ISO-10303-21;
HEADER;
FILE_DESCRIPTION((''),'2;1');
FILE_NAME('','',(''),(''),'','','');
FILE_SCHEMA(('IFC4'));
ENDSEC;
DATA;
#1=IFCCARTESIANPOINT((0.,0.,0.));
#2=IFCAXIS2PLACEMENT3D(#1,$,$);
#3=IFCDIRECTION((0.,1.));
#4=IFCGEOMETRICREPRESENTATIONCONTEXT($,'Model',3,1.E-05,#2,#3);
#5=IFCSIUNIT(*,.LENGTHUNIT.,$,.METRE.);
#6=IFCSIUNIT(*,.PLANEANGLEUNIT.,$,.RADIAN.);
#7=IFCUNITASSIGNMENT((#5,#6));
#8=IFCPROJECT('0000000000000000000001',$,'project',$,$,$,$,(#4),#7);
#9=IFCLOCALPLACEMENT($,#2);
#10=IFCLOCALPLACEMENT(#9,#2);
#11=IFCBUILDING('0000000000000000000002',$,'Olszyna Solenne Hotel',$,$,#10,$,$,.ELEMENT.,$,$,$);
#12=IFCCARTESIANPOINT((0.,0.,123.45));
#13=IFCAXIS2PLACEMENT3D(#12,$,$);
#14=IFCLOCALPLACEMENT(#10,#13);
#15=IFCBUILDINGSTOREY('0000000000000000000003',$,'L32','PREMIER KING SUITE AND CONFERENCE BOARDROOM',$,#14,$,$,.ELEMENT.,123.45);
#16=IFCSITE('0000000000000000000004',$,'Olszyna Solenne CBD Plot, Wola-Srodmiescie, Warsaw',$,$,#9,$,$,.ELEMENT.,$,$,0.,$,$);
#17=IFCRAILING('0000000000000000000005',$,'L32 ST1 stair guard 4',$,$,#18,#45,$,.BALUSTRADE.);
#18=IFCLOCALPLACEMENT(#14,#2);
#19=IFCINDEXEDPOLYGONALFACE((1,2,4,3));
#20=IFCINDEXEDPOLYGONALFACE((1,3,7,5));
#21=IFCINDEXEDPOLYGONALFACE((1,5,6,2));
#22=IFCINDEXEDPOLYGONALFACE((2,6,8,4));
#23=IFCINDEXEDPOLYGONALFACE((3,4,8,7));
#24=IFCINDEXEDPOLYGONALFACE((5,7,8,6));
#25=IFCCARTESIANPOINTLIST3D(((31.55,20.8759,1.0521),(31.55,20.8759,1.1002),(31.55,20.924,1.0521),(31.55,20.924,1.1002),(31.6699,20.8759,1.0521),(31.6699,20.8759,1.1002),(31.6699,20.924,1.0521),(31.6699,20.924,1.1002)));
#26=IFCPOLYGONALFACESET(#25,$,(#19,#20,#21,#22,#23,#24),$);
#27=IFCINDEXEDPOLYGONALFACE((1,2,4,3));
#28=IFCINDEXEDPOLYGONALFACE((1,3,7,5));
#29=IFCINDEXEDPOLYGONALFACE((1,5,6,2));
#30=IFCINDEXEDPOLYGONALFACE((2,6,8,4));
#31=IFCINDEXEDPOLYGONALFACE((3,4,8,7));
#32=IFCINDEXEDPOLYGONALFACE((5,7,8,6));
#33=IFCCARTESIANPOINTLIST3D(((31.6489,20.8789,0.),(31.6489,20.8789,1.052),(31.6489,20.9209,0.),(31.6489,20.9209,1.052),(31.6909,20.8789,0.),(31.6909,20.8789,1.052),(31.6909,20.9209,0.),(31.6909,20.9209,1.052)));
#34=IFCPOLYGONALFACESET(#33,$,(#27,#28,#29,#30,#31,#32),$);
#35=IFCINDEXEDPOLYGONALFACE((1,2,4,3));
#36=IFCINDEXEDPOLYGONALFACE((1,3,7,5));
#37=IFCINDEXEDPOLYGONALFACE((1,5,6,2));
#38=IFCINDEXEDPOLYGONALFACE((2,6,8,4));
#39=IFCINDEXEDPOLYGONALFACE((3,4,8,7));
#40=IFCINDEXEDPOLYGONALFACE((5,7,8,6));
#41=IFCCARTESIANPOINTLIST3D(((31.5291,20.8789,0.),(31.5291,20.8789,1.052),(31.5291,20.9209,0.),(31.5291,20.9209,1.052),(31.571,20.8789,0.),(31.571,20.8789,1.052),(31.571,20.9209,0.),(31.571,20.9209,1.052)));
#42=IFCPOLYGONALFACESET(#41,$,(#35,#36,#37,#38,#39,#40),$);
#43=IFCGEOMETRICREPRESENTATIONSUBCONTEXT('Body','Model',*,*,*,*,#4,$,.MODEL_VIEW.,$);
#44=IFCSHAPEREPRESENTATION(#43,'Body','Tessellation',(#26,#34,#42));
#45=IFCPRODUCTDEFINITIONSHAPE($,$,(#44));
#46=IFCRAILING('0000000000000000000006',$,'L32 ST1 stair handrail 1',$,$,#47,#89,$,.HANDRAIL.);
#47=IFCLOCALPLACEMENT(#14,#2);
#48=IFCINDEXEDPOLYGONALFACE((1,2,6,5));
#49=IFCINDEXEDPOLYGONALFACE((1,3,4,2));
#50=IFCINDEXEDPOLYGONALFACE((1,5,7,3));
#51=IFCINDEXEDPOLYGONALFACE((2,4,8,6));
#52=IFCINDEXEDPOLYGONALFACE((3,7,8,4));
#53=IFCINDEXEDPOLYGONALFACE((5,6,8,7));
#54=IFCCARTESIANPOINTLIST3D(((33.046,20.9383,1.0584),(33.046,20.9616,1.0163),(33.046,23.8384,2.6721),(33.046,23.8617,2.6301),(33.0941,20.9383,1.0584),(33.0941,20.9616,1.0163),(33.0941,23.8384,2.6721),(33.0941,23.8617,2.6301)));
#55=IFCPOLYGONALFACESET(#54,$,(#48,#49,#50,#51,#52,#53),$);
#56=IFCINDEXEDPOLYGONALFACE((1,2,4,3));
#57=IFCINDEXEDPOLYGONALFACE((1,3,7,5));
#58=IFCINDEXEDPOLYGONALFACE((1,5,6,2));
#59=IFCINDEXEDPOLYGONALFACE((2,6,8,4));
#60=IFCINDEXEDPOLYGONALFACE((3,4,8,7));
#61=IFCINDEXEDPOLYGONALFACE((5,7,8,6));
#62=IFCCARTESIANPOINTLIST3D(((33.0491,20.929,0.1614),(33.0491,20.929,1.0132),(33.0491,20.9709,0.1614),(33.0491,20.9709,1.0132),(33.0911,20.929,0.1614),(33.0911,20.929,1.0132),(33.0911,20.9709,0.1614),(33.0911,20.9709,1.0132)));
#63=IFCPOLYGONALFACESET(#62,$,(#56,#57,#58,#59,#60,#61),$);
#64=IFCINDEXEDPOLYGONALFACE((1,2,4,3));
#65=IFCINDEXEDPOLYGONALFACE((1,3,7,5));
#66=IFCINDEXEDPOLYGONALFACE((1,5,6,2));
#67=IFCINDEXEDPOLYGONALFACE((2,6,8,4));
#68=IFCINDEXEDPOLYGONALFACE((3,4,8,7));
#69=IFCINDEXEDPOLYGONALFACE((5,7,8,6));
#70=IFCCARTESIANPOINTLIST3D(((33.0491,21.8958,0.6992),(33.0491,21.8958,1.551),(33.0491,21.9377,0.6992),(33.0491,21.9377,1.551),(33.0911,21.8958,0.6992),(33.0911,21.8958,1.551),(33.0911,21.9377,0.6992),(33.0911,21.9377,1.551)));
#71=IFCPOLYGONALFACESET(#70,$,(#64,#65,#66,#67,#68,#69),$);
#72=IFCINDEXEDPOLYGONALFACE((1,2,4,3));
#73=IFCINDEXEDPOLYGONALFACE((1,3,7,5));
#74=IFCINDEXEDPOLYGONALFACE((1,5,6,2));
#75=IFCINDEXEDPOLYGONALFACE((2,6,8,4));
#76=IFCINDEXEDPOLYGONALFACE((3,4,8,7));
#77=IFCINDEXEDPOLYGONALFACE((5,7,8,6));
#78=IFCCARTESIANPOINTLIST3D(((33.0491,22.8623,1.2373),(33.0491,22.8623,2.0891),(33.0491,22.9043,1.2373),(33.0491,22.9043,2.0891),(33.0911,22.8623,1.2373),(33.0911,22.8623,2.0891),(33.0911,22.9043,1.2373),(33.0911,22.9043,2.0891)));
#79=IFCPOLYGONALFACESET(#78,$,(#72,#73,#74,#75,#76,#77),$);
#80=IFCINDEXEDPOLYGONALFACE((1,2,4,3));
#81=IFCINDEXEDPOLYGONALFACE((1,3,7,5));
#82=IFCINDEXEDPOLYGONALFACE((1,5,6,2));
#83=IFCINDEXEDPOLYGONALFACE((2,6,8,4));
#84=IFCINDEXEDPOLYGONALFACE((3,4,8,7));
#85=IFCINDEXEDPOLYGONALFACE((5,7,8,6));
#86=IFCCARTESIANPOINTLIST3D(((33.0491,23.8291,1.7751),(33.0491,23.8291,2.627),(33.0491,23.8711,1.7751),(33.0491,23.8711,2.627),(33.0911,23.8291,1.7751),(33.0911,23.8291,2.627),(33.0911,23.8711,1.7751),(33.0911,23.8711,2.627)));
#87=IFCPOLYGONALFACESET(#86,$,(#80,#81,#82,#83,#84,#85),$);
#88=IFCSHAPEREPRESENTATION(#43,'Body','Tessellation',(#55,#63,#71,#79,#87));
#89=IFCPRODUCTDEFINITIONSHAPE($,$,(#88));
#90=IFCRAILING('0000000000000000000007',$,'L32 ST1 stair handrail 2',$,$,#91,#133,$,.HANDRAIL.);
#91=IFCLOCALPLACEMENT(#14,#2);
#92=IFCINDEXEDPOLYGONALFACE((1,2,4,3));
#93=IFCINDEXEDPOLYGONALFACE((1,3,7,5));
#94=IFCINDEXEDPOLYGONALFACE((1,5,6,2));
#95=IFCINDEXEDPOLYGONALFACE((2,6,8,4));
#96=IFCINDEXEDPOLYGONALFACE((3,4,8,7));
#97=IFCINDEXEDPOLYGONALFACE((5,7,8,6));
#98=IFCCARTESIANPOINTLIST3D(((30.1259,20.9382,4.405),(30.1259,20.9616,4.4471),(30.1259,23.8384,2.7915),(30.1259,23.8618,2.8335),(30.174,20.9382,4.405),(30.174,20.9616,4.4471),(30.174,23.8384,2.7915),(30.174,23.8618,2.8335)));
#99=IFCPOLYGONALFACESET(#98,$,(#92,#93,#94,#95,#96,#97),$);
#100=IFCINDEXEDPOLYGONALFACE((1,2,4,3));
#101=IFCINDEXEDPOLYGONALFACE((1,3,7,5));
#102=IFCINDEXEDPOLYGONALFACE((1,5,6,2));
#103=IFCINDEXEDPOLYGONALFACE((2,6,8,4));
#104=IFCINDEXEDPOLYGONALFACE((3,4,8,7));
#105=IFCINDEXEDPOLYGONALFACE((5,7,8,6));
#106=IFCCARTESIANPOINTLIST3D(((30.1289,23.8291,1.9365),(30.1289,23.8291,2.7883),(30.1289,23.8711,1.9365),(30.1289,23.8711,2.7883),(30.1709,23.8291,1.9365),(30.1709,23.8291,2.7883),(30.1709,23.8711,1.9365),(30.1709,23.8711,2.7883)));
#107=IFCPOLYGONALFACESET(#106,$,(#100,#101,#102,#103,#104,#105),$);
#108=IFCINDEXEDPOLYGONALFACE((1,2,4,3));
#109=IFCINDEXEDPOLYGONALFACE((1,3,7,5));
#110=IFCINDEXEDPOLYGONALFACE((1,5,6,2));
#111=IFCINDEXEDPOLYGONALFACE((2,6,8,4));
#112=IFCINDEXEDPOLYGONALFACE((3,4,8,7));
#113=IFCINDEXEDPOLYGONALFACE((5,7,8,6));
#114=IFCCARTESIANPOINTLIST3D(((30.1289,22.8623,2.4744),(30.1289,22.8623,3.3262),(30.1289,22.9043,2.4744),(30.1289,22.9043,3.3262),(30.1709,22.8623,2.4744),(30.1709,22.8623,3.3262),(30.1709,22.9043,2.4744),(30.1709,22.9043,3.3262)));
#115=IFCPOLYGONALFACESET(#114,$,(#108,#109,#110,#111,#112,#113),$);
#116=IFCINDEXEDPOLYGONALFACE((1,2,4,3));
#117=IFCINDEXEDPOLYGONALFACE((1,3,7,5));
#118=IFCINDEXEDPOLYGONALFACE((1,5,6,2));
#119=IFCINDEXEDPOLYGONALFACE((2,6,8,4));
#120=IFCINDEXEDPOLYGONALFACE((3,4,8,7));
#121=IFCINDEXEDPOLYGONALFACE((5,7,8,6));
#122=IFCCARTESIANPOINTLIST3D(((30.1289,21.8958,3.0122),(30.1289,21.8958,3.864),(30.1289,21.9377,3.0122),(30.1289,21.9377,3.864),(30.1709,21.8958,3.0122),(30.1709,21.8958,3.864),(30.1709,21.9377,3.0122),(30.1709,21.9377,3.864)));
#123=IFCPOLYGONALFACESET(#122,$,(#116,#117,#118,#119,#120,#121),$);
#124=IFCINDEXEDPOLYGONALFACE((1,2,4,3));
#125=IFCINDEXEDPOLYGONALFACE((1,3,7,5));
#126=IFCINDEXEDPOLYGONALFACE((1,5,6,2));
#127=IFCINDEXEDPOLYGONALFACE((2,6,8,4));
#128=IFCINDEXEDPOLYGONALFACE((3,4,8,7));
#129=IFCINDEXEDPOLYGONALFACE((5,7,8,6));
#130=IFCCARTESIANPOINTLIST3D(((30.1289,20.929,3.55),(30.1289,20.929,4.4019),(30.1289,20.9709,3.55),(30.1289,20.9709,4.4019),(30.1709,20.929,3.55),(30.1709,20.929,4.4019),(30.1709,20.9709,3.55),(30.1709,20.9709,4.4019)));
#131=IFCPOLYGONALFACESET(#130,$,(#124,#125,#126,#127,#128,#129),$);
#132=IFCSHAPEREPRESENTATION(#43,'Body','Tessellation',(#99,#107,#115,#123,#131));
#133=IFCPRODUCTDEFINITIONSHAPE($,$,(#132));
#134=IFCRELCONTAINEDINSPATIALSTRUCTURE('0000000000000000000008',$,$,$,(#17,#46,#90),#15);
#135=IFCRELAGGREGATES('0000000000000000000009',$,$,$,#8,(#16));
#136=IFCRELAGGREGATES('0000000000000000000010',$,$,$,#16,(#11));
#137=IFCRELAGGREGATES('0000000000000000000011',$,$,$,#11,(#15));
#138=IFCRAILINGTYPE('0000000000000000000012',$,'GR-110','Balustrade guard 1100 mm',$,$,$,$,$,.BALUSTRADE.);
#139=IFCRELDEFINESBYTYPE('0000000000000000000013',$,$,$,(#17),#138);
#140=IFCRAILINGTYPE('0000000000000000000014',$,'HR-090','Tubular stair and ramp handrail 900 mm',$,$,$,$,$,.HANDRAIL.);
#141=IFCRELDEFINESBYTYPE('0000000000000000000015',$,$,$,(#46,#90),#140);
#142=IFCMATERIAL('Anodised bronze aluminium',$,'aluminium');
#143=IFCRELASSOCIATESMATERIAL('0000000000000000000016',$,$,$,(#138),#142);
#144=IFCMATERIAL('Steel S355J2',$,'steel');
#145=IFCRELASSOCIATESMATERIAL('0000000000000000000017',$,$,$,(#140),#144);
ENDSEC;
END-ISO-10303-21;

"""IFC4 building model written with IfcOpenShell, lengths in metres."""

from ifc_helpers import new_model, si_unit, direction, frame, origin, origin_2d, place, context, subcontext, project, spatial, rectangle, extrude, material, type_object, element, save


model = new_model("IFC4")

# Units and contexts
model_context = context("Model", 3, precision=1e-05, world=origin(), true_north=direction((0.0, 1.0)))
body_context = subcontext(model_context, "Body", "Model", "MODEL_VIEW")
ifc_project = project(units=[si_unit("LENGTHUNIT", "METRE"), si_unit("PLANEANGLEUNIT", "RADIAN")], contexts=[model_context])

# Site, building, storey
site_placement = place(None, origin())
site = spatial("IfcSite", under=ifc_project, at=site_placement, Name="Olszyna Solenne CBD Plot, Wola-Srodmiescie, Warsaw", CompositionType="ELEMENT", RefElevation=0.0)
building_placement = place(site_placement, origin())
building = spatial("IfcBuilding", under=site, at=building_placement, Name="Olszyna Solenne Hotel", CompositionType="ELEMENT")
storey_placement = place(building_placement, frame((0.0, 0.0, 123.45)))
storey = spatial("IfcBuildingStorey", under=building, at=storey_placement, Name="L32", Description="PREMIER KING SUITE AND CONFERENCE BOARDROOM", CompositionType="ELEMENT", Elevation=123.45)

# Shared definitions
ifc_material_1 = material(Name="Steel S355J2", Category="steel")

# Shared definitions
ifc_material_2 = material(Name="Anodised bronze aluminium", Category="aluminium")

# Railings
railing_type_1 = type_object("IfcRailingType", Name="GR-110", Description="Balustrade guard 1100 mm", PredefinedType="BALUSTRADE", material=ifc_material_2)
railing_1_placement = place(storey_placement, frame((31.6699, 20.8999, 0.0)))
element("IfcRailing", 1, at=railing_1_placement, inside=storey, type_object=railing_type_1, Name="L32 ST1 stair guard 4", PredefinedType="BALUSTRADE", context=body_context, shape_type="SweptSolid", body=[
    extrude(rectangle(XDim=0.0481, YDim=0.0481, at=origin_2d()), frame((0.0, 0.0, 1.0762), z_axis=(-1.0, 0.0, 0.0), x_axis=(0.0, -1.0, 0.0)), (0.0, 0.0, 1.0), 0.1199),
    extrude(rectangle(XDim=0.042, YDim=0.042, at=origin_2d()), origin(), (0.0, 0.0, 1.0), 1.052),
    extrude(rectangle(XDim=0.042, YDim=0.042, at=origin_2d()), frame((-0.1199, 0.0, 0.0)), (0.0, 0.0, 1.0), 1.052),
])
railing_type_2 = type_object("IfcRailingType", Name="HR-090", Description="Tubular stair and ramp handrail 900 mm", PredefinedType="HANDRAIL", material=ifc_material_1)
railing_2_placement = place(storey_placement, frame((33.0701, 20.95, 0.1614)))
element("IfcRailing", 2, at=railing_2_placement, inside=storey, type_object=railing_type_2, Name="L32 ST1 stair handrail 1", PredefinedType="HANDRAIL", context=body_context, shape_type="SweptSolid", body=[
    extrude(rectangle(XDim=0.0481, YDim=0.0481, at=origin_2d()), frame((0.0, 0.0, 0.876), z_axis=(0.0, 0.873827, 0.486236), x_axis=(-1.0, 0.0, 0.0)), (0.0, 0.0, 1.0), 3.3188),
    extrude(rectangle(XDim=0.042, YDim=0.042, at=origin_2d()), origin(), (0.0, 0.0, 1.0), 0.8518),
    extrude(rectangle(XDim=0.042, YDim=0.042, at=origin_2d()), frame((0.0, 0.9668, 0.5378)), (0.0, 0.0, 1.0), 0.8518),
    extrude(rectangle(XDim=0.042, YDim=0.042, at=origin_2d()), frame((0.0, 1.9333, 1.0759)), (0.0, 0.0, 1.0), 0.8518),
    extrude(rectangle(XDim=0.042, YDim=0.042, at=origin_2d()), frame((0.0, 2.9001, 1.6138)), (0.0, 0.0, 1.0), 0.8518),
])
railing_3_placement = place(storey_placement, frame((30.1499, 23.8501, 1.9365)))
element("IfcRailing", 3, at=railing_3_placement, inside=storey, type_object=railing_type_2, Name="L32 ST1 stair handrail 2", PredefinedType="HANDRAIL", context=body_context, shape_type="SweptSolid", body=[
    extrude(rectangle(XDim=0.0481, YDim=0.0481, at=origin_2d()), frame((0.0, 0.0, 0.876), z_axis=(0.0, -0.873859, 0.48618), x_axis=(1.0, 0.0, 0.0)), (0.0, 0.0, 1.0), 3.3188),
    extrude(rectangle(XDim=0.042, YDim=0.042, at=origin_2d()), origin(), (0.0, 0.0, 1.0), 0.8518),
    extrude(rectangle(XDim=0.042, YDim=0.042, at=origin_2d()), frame((0.0, -0.9668, 0.5378)), (0.0, 0.0, 1.0), 0.8518),
    extrude(rectangle(XDim=0.042, YDim=0.042, at=origin_2d()), frame((0.0, -1.9333, 1.0757)), (0.0, 0.0, 1.0), 0.8518),
    extrude(rectangle(XDim=0.042, YDim=0.042, at=origin_2d()), frame((0.0, -2.9001, 1.6135)), (0.0, 0.0, 1.0), 0.8518),
])

save(model, "model.ifc")
